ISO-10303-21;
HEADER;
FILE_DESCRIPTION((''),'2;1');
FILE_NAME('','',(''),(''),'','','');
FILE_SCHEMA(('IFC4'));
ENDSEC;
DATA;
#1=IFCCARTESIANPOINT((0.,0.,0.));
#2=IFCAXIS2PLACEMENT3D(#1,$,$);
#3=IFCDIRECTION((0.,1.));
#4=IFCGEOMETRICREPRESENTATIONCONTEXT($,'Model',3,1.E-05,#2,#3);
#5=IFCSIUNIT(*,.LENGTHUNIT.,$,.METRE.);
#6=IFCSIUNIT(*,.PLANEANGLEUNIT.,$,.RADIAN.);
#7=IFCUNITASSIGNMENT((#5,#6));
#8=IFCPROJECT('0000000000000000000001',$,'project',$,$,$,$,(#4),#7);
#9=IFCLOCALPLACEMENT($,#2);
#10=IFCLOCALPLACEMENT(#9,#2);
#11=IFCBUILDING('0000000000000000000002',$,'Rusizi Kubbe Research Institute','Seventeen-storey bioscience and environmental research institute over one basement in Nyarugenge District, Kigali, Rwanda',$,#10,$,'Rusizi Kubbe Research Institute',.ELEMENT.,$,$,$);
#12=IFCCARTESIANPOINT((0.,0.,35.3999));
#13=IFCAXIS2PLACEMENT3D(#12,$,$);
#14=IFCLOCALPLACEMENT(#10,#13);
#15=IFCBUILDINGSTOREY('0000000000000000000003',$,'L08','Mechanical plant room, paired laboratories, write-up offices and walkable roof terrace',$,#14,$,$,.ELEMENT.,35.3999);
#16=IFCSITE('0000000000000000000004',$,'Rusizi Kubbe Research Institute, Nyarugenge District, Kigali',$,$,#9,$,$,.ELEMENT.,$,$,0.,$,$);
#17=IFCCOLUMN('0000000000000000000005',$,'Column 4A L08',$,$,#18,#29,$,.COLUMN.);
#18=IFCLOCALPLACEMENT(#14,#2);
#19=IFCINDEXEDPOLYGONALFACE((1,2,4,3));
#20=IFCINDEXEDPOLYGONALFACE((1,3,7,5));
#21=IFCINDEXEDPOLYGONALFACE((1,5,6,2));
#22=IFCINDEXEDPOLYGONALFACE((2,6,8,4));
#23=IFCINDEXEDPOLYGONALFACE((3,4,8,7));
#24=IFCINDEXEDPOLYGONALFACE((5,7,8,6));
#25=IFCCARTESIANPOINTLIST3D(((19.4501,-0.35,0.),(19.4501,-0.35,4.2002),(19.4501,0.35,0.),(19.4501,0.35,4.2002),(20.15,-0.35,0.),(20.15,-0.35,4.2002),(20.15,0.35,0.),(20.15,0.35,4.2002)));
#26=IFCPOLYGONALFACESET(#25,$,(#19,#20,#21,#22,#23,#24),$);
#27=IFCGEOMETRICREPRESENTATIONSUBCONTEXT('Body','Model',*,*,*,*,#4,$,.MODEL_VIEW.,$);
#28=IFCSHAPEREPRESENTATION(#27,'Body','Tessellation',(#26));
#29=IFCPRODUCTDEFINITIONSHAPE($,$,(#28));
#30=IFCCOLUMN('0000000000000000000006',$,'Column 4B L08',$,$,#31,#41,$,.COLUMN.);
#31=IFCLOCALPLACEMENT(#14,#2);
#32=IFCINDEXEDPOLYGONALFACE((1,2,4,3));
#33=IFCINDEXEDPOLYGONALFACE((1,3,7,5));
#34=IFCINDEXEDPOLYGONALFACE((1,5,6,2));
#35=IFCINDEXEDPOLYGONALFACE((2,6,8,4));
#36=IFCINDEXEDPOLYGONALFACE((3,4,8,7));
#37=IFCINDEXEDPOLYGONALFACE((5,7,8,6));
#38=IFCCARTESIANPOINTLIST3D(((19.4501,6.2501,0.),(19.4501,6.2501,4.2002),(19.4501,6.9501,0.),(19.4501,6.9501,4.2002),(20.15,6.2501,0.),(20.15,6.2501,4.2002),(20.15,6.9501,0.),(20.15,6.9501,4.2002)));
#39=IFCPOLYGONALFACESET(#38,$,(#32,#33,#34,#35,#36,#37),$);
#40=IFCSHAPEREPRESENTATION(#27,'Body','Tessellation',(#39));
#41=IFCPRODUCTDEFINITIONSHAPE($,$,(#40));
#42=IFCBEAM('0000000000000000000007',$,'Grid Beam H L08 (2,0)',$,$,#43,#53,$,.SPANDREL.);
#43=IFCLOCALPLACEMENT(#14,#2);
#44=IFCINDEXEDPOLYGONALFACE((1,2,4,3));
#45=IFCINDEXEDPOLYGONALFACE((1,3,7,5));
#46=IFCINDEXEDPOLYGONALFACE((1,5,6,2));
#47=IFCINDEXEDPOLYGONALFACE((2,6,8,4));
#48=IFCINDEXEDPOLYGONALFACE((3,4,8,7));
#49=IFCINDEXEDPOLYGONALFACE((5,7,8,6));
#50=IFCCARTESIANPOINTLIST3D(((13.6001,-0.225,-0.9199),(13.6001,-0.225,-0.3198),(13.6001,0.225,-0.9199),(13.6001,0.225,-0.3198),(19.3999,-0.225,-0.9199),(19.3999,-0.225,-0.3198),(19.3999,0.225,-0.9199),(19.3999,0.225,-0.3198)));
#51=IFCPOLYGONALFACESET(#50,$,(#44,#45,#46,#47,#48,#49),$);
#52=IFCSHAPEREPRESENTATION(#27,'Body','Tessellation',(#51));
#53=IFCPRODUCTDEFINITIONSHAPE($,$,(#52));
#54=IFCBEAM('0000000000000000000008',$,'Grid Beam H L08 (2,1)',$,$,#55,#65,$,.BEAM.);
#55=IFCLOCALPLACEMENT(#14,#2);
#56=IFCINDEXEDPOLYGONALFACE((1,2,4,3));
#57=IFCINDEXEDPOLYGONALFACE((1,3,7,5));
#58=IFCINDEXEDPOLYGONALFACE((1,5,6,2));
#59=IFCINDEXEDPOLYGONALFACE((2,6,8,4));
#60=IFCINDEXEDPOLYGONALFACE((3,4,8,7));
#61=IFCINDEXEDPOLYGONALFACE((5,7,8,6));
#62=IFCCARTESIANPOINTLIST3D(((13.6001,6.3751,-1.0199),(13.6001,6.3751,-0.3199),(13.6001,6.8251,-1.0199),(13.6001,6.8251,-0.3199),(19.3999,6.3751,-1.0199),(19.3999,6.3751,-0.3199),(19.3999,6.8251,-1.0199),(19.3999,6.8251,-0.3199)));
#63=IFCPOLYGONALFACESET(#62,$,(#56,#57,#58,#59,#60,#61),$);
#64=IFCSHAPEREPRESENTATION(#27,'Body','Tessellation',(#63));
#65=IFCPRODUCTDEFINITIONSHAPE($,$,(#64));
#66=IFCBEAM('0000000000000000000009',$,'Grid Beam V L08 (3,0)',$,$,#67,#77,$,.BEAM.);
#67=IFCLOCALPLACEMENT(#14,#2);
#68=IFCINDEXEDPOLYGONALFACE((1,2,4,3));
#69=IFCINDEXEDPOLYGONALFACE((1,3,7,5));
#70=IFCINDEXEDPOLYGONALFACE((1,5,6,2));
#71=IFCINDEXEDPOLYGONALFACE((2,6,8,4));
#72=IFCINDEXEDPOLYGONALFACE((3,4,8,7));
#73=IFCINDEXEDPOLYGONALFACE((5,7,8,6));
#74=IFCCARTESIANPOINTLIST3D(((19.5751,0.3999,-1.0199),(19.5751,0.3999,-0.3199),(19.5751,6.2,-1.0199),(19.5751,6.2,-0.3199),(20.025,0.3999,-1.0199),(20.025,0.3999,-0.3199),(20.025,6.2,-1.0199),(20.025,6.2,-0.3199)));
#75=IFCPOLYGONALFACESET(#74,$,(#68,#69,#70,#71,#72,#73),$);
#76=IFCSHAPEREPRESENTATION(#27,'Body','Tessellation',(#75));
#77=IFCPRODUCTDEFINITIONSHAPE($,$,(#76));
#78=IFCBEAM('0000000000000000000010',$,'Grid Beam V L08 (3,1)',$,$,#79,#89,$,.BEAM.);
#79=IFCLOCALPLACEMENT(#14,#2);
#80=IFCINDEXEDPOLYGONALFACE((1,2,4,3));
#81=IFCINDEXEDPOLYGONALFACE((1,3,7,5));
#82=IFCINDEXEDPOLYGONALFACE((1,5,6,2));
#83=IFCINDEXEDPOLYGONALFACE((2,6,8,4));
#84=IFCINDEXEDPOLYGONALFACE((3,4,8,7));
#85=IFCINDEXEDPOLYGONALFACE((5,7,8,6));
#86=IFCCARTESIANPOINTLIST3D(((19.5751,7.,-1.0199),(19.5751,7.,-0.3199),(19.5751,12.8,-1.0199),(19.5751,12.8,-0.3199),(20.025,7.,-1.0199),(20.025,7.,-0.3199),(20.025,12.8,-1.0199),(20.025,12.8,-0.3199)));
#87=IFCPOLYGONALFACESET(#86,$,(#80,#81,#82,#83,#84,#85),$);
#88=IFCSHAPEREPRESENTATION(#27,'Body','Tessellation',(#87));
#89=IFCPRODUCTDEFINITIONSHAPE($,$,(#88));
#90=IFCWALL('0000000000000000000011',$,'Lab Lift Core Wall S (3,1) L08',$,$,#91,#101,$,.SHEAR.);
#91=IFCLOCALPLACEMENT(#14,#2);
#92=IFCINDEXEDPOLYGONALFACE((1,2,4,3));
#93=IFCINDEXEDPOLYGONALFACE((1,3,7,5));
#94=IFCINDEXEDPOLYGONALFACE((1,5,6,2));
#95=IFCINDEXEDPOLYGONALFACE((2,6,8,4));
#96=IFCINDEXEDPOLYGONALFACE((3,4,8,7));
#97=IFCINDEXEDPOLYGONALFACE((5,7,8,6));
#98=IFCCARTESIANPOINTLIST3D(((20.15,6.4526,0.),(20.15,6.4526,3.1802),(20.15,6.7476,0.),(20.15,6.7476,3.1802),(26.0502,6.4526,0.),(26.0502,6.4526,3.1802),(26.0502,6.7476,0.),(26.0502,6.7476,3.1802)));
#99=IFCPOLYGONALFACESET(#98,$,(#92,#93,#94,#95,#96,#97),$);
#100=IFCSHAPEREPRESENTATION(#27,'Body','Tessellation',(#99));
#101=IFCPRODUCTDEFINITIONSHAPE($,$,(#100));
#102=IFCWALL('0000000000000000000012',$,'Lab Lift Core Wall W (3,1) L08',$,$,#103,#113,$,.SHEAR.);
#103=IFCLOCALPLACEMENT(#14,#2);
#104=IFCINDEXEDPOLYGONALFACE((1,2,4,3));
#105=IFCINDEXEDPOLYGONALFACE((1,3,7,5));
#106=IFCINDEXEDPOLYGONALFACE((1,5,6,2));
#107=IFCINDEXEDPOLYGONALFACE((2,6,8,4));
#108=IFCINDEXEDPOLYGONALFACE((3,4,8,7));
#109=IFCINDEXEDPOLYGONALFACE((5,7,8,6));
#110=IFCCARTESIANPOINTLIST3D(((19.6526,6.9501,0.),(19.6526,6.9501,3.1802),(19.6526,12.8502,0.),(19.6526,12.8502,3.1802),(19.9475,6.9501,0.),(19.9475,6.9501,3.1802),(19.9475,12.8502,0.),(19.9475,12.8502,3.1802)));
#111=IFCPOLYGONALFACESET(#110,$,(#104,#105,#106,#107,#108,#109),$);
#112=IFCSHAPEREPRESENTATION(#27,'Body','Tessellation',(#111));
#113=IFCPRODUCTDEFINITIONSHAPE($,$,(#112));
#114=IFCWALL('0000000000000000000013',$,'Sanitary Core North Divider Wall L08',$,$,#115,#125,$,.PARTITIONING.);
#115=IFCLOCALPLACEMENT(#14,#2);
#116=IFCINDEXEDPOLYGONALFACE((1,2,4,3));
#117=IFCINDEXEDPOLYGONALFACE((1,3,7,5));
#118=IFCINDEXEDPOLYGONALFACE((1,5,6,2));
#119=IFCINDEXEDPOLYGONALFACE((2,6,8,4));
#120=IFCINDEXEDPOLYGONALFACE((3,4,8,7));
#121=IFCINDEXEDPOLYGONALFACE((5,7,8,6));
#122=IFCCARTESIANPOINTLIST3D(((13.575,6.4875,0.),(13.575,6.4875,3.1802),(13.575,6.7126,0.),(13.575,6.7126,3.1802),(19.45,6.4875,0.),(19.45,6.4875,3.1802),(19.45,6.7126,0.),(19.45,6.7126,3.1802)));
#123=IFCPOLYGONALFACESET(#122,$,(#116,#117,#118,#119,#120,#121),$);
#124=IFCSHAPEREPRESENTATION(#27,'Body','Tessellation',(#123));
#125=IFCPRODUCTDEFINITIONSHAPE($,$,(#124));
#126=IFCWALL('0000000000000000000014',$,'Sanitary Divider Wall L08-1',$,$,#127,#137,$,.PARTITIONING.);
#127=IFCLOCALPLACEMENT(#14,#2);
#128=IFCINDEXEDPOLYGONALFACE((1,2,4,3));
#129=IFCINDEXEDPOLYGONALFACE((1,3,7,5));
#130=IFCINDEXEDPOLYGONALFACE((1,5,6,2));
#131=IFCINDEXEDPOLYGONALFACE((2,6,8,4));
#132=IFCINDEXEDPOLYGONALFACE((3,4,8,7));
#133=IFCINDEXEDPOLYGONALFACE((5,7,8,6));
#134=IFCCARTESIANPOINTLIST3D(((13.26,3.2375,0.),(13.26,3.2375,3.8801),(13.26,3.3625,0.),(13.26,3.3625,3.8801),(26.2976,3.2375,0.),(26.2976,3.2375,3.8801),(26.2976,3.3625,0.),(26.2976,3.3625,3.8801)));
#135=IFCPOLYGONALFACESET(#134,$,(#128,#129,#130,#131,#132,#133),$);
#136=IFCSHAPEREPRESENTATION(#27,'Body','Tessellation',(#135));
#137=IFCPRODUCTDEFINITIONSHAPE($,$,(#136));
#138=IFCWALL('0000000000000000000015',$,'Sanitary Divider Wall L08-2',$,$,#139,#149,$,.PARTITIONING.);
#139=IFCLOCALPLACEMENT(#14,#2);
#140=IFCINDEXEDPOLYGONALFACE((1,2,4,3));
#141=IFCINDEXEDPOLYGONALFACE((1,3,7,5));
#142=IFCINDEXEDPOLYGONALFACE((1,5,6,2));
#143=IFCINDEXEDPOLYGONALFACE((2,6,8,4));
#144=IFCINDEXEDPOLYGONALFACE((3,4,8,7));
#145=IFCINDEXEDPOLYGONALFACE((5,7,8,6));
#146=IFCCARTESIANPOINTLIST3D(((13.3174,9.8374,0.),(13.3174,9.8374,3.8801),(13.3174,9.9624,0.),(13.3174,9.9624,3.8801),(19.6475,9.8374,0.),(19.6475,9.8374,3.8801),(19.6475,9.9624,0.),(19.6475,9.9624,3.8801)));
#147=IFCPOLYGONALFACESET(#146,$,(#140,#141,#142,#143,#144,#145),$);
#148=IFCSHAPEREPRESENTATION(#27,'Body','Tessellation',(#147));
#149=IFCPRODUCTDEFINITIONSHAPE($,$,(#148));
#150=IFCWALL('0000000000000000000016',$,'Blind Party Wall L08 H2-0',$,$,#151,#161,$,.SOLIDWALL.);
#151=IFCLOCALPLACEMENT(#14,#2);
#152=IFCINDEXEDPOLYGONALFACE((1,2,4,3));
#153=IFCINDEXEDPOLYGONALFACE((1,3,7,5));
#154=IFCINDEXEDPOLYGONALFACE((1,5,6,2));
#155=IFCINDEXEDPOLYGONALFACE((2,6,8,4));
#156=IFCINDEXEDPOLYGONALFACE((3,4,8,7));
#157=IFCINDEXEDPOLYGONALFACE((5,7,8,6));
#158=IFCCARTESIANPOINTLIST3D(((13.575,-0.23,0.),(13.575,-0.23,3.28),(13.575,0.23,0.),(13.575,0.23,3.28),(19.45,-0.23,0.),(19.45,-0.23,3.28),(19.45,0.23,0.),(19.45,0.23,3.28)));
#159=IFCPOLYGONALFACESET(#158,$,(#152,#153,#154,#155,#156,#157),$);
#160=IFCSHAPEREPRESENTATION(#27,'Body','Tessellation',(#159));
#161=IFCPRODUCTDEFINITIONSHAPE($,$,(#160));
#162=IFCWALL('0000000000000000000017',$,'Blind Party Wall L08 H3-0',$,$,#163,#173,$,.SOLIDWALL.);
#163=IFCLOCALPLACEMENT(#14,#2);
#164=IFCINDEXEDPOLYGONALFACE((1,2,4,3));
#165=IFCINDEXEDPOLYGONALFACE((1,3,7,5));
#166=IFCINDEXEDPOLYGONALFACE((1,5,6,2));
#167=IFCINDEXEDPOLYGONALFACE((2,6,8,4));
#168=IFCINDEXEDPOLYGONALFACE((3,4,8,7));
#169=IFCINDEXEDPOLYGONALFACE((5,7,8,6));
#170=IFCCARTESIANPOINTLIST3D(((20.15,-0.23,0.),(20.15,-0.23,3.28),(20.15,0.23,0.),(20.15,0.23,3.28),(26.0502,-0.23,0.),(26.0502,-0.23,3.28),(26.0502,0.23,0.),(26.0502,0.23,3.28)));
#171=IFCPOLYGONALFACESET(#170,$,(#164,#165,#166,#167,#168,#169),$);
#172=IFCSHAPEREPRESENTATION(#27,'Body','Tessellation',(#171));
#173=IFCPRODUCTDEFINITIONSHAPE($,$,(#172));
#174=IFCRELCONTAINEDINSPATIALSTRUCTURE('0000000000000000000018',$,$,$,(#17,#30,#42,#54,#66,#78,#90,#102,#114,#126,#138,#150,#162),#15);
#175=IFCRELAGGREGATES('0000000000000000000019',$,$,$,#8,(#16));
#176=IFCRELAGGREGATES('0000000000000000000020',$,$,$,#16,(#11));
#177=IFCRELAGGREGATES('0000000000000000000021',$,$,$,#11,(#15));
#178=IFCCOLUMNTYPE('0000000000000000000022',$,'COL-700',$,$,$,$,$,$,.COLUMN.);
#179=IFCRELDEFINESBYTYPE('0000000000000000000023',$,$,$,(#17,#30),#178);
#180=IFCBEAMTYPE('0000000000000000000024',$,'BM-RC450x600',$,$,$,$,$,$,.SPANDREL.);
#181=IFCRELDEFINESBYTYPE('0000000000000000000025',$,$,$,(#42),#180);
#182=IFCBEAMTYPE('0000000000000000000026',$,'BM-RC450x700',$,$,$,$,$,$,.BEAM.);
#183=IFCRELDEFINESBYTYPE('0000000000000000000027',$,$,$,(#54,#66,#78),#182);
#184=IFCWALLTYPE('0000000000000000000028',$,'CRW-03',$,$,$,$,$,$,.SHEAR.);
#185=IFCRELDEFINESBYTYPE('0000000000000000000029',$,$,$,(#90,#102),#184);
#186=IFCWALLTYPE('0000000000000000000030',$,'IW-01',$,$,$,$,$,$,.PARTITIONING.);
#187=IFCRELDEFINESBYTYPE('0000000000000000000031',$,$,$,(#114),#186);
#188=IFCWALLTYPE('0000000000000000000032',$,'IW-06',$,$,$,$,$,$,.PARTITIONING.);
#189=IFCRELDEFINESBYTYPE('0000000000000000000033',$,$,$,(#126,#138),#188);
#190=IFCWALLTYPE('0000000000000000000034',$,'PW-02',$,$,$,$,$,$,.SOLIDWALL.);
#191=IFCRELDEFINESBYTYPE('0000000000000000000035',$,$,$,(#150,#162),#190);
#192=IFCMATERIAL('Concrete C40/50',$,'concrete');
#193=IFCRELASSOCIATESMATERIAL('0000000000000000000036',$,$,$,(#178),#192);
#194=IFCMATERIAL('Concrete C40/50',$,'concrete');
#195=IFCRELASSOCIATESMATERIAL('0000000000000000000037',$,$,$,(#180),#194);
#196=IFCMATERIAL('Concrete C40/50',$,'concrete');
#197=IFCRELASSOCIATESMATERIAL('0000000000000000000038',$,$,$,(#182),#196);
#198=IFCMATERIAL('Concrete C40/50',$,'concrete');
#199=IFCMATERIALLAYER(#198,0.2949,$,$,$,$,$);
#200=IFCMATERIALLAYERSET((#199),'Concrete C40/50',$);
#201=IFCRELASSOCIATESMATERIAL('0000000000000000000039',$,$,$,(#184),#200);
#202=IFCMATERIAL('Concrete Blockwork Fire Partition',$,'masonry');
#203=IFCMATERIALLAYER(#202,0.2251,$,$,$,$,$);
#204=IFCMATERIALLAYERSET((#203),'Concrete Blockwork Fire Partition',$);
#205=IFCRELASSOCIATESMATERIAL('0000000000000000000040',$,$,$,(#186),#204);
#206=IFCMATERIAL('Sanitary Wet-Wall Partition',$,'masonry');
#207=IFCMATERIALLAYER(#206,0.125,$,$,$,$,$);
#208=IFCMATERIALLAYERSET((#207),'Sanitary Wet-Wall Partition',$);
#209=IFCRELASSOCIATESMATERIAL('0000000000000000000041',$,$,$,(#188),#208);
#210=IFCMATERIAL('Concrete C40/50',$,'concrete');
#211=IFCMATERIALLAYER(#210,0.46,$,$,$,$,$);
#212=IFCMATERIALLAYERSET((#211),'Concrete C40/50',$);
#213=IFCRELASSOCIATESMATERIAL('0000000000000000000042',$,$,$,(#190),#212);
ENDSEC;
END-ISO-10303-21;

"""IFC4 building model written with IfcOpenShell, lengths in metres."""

from ifc_helpers import new_model, si_unit, direction, frame, frame_2d, origin, origin_2d, place, context, subcontext, project, spatial, rectangle, extrude, material, layer, layer_set, material_profile, profile_set, type_object, element, save


model = new_model("IFC4")

# Units and contexts
model_context = context("Model", 3, precision=1e-05, world=origin(), true_north=direction((0.0, 1.0)))
body_context = subcontext(model_context, "Body", "Model", "MODEL_VIEW")
ifc_project = project(units=[si_unit("LENGTHUNIT", "METRE"), si_unit("PLANEANGLEUNIT", "RADIAN")], contexts=[model_context])

# Site, building, storey
site_placement = place(None, origin())
site = spatial("IfcSite", under=ifc_project, at=site_placement, Name="Rusizi Kubbe Research Institute, Nyarugenge District, Kigali", CompositionType="ELEMENT", RefElevation=0.0)
building_placement = place(site_placement, origin())
building = spatial("IfcBuilding", under=site, at=building_placement, Name="Rusizi Kubbe Research Institute", Description="Seventeen-storey bioscience and environmental research institute over one basement in Nyarugenge District, Kigali, Rwanda", LongName="Rusizi Kubbe Research Institute", CompositionType="ELEMENT")
storey_placement = place(building_placement, frame((0.0, 0.0, 35.3999)))
storey = spatial("IfcBuildingStorey", under=building, at=storey_placement, Name="L08", Description="Mechanical plant room, paired laboratories, write-up offices and walkable roof terrace", CompositionType="ELEMENT", Elevation=35.3999)

# Columns
ifc_material_1 = material(Name="Concrete C40/50", Category="concrete")
ifc_material_profile_1 = material_profile(ifc_material_1, rectangle(XDim=0.7, YDim=0.7, at=origin_2d()), Name="RC700x700")
ifc_profile_set_1 = profile_set([ifc_material_profile_1], Name="Concrete C40/50")
column_type = type_object("IfcColumnType", Name="COL-700", PredefinedType="COLUMN", material=ifc_profile_set_1)
for number, where, z_axis, x_axis, name in (
    (1, (19.8, 0.0, 0.0), (0.0, 0.0, 1.0), (1.0, 0.0, 0.0), "Column 4A L08"),
    (2, (19.8, 6.6001, 0.0), (0.0, 0.0, 1.0), (1.0, 0.0, 0.0), "Column 4B L08"),
):
    element("IfcColumn", number, at=place(storey_placement, frame(where, z_axis=z_axis, x_axis=x_axis)), inside=storey, type_object=column_type, Name=name, PredefinedType="COLUMN", context=body_context, shape_type="SweptSolid", body=[
        extrude(rectangle(XDim=0.7, YDim=0.7, at=origin_2d()), origin(), (0.0, 0.0, 1.0), 4.2002),
    ])

# Beams
ifc_material_2 = material(Name="Concrete C40/50", Category="concrete")
ifc_material_profile_2 = material_profile(ifc_material_2, rectangle(XDim=0.45, YDim=0.6001, at=origin_2d()), Name="RC450x600")
ifc_profile_set_2 = profile_set([ifc_material_profile_2], Name="Concrete C40/50")
beam_type_1 = type_object("IfcBeamType", Name="BM-RC450x600", PredefinedType="SPANDREL", material=ifc_profile_set_2)
beam_1_placement = place(storey_placement, frame((13.6001, 0.0, -0.6199), z_axis=(1.0, 0.0, 0.0), x_axis=(0.0, 1.0, 0.0)))
element("IfcBeam", 3, at=beam_1_placement, inside=storey, type_object=beam_type_1, Name="Grid Beam H L08 (2,0)", PredefinedType="SPANDREL", context=body_context, shape_type="SweptSolid", body=[
    extrude(rectangle(XDim=0.45, YDim=0.6001, at=origin_2d()), origin(), (0.0, 0.0, 1.0), 5.7998),
])
ifc_material_3 = material(Name="Concrete C40/50", Category="concrete")
ifc_material_profile_3 = material_profile(ifc_material_3, rectangle(XDim=0.45, YDim=0.7, at=origin_2d()), Name="RC450x700B")
ifc_profile_set_3 = profile_set([ifc_material_profile_3], Name="Concrete C40/50")
beam_type_2 = type_object("IfcBeamType", Name="BM-RC450x700", PredefinedType="BEAM", material=ifc_profile_set_3)
beam_2_placement = place(storey_placement, frame((13.6001, 6.6001, -0.6699), z_axis=(1.0, 0.0, 0.0), x_axis=(0.0, 1.0, 0.0)))
element("IfcBeam", 4, at=beam_2_placement, inside=storey, type_object=beam_type_2, Name="Grid Beam H L08 (2,1)", PredefinedType="BEAM", context=body_context, shape_type="SweptSolid", body=[
    extrude(rectangle(XDim=0.45, YDim=0.7, at=origin_2d()), origin(), (0.0, 0.0, 1.0), 5.7998),
])
for number, where, z_axis, x_axis, name in (
    (5, (19.8, 0.3999, -0.6699), (0.0, 1.0, 0.0), (-1.0, 0.0, 0.0), "Grid Beam V L08 (3,0)"),
    (6, (19.8, 7.0, -0.6699), (0.0, 1.0, 0.0), (-1.0, 0.0, 0.0), "Grid Beam V L08 (3,1)"),
):
    element("IfcBeam", number, at=place(storey_placement, frame(where, z_axis=z_axis, x_axis=x_axis)), inside=storey, type_object=beam_type_2, Name=name, PredefinedType="BEAM", context=body_context, shape_type="SweptSolid", body=[
        extrude(rectangle(XDim=0.45, YDim=0.7, at=origin_2d()), origin(), (0.0, 0.0, 1.0), 5.8),
    ])

# Walls
ifc_material_4 = material(Name="Concrete C40/50", Category="concrete")
ifc_layer_1 = layer(ifc_material_4, 0.2949)
ifc_layer_set_1 = layer_set([ifc_layer_1], Name="Concrete C40/50")
wall_type_1 = type_object("IfcWallType", Name="CRW-03", PredefinedType="SHEAR", material=ifc_layer_set_1)
for number, where, z_axis, x_axis, name in (
    (7, (20.1499, 6.6001, 0.0), (0.0, 0.0, 1.0), (1.0, 0.0, 0.0), "Lab Lift Core Wall S (3,1) L08"),
    (8, (19.8, 6.95, 0.0), (0.0, 0.0, 1.0), (0.0, 1.0, 0.0), "Lab Lift Core Wall W (3,1) L08"),
):
    element("IfcWall", number, at=place(storey_placement, frame(where, z_axis=z_axis, x_axis=x_axis)), inside=storey, type_object=wall_type_1, Name=name, PredefinedType="SHEAR", context=body_context, shape_type="SweptSolid", body=[
        extrude(rectangle(XDim=5.9001, YDim=0.2949, at=frame_2d((2.9502, 0.0))), origin(), (0.0, 0.0, 1.0), 3.1802),
    ])

# Walls
ifc_material_5 = material(Name="Concrete Blockwork Fire Partition", Category="masonry")
ifc_layer_2 = layer(ifc_material_5, 0.2251)
ifc_layer_set_2 = layer_set([ifc_layer_2], Name="Concrete Blockwork Fire Partition")
wall_type_2 = type_object("IfcWallType", Name="IW-01", PredefinedType="PARTITIONING", material=ifc_layer_set_2)
wall_1_placement = place(storey_placement, frame((13.575, 6.6001, 0.0), z_axis=(0.0, 0.0, 1.0), x_axis=(1.0, 0.0, 0.0)))
element("IfcWall", 9, at=wall_1_placement, inside=storey, type_object=wall_type_2, Name="Sanitary Core North Divider Wall L08", PredefinedType="PARTITIONING", context=body_context, shape_type="SweptSolid", body=[
    extrude(rectangle(XDim=5.875, YDim=0.2251, at=frame_2d((2.9375, 0.0))), origin(), (0.0, 0.0, 1.0), 3.1802),
])
ifc_material_6 = material(Name="Sanitary Wet-Wall Partition", Category="masonry")
ifc_layer_3 = layer(ifc_material_6, 0.125)
ifc_layer_set_3 = layer_set([ifc_layer_3], Name="Sanitary Wet-Wall Partition")
wall_type_3 = type_object("IfcWallType", Name="IW-06", PredefinedType="PARTITIONING", material=ifc_layer_set_3)
wall_2_placement = place(storey_placement, frame((13.26, 3.3, 0.0), z_axis=(0.0, 0.0, 1.0), x_axis=(1.0, 0.0, 0.0)))
element("IfcWall", 10, at=wall_2_placement, inside=storey, type_object=wall_type_3, Name="Sanitary Divider Wall L08-1", PredefinedType="PARTITIONING", context=body_context, shape_type="SweptSolid", body=[
    extrude(rectangle(XDim=13.0376, YDim=0.125, at=frame_2d((6.5188, 0.0))), origin(), (0.0, 0.0, 1.0), 3.8801),
])
wall_3_placement = place(storey_placement, frame((13.3174, 9.8999, 0.0), z_axis=(0.0, 0.0, 1.0), x_axis=(1.0, 0.0, 0.0)))
element("IfcWall", 11, at=wall_3_placement, inside=storey, type_object=wall_type_3, Name="Sanitary Divider Wall L08-2", PredefinedType="PARTITIONING", context=body_context, shape_type="SweptSolid", body=[
    extrude(rectangle(XDim=6.3301, YDim=0.125, at=frame_2d((3.165, 0.0))), origin(), (0.0, 0.0, 1.0), 3.8801),
])
ifc_material_7 = material(Name="Concrete C40/50", Category="concrete")
ifc_layer_4 = layer(ifc_material_7, 0.46)
ifc_layer_set_4 = layer_set([ifc_layer_4], Name="Concrete C40/50")
wall_type_4 = type_object("IfcWallType", Name="PW-02", PredefinedType="SOLIDWALL", material=ifc_layer_set_4)
wall_4_placement = place(storey_placement, frame((13.575, 0.0, 0.0), z_axis=(0.0, 0.0, 1.0), x_axis=(1.0, 0.0, 0.0)))
element("IfcWall", 12, at=wall_4_placement, inside=storey, type_object=wall_type_4, Name="Blind Party Wall L08 H2-0", PredefinedType="SOLIDWALL", context=body_context, shape_type="SweptSolid", body=[
    extrude(rectangle(XDim=5.875, YDim=0.46, at=frame_2d((2.9375, 0.0))), origin(), (0.0, 0.0, 1.0), 3.28),
])
wall_5_placement = place(storey_placement, frame((20.1499, 0.0, 0.0), z_axis=(0.0, 0.0, 1.0), x_axis=(1.0, 0.0, 0.0)))
element("IfcWall", 13, at=wall_5_placement, inside=storey, type_object=wall_type_4, Name="Blind Party Wall L08 H3-0", PredefinedType="SOLIDWALL", context=body_context, shape_type="SweptSolid", body=[
    extrude(rectangle(XDim=5.9001, YDim=0.46, at=frame_2d((2.9502, 0.0))), origin(), (0.0, 0.0, 1.0), 3.28),
])

save(model, "model.ifc")
